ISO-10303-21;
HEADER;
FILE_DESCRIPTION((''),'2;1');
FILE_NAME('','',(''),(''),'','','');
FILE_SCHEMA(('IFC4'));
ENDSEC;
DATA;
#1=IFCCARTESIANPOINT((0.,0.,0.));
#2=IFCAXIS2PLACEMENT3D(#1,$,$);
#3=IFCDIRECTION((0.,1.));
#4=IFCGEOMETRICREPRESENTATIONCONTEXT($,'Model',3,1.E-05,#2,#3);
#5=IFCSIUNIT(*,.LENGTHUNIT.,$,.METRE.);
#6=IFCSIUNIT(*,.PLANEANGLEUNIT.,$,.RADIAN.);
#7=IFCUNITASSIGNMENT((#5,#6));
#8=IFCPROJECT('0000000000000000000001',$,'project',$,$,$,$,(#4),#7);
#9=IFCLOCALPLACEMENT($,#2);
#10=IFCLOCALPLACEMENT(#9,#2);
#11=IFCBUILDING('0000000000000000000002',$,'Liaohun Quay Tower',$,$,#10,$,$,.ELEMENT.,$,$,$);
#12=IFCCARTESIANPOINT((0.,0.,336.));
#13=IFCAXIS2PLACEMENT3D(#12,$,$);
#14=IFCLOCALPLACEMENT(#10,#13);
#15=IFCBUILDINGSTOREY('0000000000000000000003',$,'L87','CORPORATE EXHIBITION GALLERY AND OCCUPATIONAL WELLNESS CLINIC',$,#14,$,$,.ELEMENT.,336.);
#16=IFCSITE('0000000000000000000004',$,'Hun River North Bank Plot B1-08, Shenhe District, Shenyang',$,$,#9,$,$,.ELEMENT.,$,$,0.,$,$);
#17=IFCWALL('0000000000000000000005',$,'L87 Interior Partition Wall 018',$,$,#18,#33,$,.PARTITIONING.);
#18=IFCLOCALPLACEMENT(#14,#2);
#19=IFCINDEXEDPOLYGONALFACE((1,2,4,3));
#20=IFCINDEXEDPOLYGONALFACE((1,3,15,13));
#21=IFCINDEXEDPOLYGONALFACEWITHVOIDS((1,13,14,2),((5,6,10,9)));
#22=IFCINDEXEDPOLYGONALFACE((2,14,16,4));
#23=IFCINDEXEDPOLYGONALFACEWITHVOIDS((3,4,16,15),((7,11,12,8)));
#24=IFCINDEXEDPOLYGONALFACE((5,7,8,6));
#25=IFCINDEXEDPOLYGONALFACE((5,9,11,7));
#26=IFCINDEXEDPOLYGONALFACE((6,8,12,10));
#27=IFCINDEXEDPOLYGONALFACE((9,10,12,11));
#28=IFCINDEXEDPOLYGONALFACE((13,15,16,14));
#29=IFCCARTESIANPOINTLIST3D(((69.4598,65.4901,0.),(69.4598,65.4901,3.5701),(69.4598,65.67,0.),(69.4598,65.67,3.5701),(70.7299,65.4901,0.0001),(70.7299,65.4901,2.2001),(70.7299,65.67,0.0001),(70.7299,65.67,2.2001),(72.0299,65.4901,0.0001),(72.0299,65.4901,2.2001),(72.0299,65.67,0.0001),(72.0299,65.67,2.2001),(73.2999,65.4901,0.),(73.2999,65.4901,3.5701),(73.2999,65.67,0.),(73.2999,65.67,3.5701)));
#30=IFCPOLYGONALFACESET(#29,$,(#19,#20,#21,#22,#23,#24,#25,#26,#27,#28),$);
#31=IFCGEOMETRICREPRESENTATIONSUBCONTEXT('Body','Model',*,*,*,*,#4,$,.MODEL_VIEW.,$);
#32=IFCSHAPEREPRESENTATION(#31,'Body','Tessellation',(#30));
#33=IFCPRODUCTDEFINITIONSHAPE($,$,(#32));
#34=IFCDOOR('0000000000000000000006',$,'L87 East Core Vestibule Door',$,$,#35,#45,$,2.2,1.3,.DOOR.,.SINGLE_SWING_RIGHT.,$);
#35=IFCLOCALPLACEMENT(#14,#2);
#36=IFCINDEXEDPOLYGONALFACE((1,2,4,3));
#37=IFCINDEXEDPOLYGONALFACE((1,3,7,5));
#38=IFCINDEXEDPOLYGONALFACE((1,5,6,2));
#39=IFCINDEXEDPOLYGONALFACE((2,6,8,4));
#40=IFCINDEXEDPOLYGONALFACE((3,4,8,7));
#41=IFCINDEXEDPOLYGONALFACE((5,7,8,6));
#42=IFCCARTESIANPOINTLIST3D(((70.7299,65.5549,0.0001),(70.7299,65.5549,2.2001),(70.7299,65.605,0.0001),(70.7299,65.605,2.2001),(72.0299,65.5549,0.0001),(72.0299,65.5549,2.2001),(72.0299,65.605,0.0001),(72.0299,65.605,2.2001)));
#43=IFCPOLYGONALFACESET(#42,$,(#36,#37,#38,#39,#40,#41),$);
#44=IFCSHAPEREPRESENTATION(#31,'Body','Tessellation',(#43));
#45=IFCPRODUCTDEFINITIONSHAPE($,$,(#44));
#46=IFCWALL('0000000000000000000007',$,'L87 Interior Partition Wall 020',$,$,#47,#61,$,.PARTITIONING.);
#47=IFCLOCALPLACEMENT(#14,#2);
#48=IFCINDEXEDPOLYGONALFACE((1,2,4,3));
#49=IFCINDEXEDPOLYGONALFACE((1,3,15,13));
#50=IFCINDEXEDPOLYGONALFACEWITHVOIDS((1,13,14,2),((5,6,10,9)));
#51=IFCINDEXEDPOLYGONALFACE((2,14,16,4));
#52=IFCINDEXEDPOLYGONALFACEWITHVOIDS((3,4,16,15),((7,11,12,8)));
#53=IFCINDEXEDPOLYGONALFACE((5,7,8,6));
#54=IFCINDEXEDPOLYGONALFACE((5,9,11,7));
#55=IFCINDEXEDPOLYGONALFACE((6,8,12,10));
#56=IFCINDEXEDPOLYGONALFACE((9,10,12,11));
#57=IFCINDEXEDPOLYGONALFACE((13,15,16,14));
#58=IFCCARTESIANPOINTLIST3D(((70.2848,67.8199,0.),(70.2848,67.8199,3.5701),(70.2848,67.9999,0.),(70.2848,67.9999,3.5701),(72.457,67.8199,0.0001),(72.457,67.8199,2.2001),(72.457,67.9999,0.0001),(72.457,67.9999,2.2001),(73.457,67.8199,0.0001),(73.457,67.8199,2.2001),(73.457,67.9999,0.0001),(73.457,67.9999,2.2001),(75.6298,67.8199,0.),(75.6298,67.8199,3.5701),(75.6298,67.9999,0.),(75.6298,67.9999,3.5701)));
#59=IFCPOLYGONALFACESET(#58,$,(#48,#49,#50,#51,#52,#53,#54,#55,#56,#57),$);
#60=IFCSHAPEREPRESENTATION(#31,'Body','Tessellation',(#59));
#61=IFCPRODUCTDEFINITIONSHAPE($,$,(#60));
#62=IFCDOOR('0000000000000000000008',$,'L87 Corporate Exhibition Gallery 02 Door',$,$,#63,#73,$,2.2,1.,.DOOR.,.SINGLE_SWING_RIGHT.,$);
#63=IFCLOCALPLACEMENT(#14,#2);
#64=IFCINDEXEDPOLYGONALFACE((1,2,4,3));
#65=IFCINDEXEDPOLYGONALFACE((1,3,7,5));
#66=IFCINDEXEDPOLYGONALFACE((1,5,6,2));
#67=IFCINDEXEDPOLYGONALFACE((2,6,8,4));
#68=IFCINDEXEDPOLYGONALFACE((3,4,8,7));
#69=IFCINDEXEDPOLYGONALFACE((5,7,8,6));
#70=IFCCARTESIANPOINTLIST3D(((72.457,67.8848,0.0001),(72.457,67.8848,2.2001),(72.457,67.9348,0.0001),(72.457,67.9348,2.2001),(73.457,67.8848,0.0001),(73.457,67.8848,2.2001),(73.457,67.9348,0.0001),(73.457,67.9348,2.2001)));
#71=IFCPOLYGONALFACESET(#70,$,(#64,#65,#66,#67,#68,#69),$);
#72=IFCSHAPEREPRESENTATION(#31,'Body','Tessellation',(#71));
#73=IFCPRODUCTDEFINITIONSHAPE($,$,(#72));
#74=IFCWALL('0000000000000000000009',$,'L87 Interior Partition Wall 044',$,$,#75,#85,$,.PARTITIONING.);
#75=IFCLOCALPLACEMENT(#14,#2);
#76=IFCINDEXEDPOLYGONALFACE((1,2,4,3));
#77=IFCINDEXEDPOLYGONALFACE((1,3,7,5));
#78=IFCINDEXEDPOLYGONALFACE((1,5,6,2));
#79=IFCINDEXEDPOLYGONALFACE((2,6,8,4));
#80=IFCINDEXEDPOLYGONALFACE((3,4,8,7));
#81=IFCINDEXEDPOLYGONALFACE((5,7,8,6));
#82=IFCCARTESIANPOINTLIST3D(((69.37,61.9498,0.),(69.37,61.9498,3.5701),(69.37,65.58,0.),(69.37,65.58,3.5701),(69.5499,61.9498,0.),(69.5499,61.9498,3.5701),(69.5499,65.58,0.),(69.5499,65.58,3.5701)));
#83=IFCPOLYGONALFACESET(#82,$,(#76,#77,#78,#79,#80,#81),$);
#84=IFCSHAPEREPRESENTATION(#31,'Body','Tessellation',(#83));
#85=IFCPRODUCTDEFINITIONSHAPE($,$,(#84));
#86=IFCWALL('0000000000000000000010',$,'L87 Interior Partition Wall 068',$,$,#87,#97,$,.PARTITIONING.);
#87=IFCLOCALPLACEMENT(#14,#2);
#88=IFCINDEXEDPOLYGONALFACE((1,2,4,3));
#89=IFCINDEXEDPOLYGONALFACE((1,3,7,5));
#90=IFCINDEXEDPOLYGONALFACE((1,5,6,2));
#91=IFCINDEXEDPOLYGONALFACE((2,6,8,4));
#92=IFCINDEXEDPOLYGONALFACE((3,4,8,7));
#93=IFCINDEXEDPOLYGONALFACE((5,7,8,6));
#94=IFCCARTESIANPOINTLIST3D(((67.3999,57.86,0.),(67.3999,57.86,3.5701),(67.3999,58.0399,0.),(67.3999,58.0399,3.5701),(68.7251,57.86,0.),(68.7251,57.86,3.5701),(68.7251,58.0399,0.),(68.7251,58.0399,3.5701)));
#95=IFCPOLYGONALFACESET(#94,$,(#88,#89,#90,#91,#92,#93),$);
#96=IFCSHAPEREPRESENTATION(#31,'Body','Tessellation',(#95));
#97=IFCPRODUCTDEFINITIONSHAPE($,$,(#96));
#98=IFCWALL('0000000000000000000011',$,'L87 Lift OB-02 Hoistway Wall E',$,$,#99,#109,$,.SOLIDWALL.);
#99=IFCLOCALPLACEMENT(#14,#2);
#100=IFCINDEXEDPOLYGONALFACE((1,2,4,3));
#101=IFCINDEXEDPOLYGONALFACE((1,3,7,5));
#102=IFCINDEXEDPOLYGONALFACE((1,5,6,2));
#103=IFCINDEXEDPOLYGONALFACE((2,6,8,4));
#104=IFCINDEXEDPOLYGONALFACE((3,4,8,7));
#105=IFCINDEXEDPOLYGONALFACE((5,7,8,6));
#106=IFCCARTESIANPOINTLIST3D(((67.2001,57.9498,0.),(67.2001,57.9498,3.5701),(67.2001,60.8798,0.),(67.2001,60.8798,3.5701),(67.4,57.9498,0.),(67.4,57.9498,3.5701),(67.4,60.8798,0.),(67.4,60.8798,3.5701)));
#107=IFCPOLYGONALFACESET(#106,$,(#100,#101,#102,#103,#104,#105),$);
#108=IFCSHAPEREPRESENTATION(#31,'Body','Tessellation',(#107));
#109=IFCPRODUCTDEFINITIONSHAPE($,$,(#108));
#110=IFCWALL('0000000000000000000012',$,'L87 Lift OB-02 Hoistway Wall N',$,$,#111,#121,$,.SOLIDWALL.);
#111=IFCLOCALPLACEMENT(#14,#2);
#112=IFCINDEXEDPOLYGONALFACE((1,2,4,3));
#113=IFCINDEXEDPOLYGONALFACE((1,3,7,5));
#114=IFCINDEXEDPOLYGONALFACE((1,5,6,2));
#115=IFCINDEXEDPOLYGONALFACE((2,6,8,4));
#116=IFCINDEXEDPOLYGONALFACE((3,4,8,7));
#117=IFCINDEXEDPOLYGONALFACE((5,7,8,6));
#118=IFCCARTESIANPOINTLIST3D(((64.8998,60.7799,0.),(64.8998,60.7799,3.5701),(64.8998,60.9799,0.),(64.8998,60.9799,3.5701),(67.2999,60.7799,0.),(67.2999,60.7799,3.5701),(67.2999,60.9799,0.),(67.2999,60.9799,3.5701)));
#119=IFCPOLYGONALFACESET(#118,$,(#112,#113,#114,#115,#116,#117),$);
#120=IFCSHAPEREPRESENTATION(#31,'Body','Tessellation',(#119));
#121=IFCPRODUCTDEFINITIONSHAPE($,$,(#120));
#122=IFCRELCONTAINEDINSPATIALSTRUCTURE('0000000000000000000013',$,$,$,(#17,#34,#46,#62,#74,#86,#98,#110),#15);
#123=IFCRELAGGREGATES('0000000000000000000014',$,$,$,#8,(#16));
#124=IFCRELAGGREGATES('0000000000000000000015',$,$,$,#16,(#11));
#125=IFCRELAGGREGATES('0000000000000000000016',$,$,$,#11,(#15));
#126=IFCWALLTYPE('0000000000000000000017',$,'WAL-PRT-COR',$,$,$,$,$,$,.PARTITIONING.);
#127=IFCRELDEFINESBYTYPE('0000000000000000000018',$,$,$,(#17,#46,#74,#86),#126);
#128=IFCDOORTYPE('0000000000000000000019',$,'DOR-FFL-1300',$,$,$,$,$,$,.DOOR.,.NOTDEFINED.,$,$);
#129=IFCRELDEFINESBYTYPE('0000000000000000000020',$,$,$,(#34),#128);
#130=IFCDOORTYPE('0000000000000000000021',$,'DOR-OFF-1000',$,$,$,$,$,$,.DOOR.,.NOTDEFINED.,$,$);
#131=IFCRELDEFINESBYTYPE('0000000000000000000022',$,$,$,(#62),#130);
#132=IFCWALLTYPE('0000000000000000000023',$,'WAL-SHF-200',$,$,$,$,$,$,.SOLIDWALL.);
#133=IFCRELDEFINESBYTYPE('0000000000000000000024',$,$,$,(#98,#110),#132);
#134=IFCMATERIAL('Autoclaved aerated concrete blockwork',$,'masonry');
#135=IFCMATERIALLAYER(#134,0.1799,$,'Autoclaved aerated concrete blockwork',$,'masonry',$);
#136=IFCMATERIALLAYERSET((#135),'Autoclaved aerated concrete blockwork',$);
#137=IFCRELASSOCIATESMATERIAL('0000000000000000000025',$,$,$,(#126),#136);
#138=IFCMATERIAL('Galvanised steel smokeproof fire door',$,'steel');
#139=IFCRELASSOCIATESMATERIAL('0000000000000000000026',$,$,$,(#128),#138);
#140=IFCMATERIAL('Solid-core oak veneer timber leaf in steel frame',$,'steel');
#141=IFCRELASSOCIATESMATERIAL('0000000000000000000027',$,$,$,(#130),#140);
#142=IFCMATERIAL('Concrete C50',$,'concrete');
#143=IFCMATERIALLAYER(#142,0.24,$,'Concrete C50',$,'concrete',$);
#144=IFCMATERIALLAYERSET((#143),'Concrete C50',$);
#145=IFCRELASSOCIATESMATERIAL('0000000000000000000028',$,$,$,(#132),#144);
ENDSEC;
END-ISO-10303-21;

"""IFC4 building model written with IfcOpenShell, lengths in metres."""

from ifc_helpers import new_model, si_unit, direction, frame, frame_2d, origin, place, context, subcontext, project, spatial, rectangle, extrude, source, transform, mapped, material, layer, layer_set, type_object, element, fill, save


model = new_model("IFC4")

# Units and contexts
model_context = context("Model", 3, precision=1e-05, world=origin(), true_north=direction((0.0, 1.0)))
body_context = subcontext(model_context, "Body", "Model", "MODEL_VIEW")
ifc_project = project(units=[si_unit("LENGTHUNIT", "METRE"), si_unit("PLANEANGLEUNIT", "RADIAN")], contexts=[model_context])

# Site, building, storey
site_placement = place(None, origin())
site = spatial("IfcSite", under=ifc_project, at=site_placement, Name="Hun River North Bank Plot B1-08, Shenhe District, Shenyang", CompositionType="ELEMENT", RefElevation=0.0)
building_placement = place(site_placement, origin())
building = spatial("IfcBuilding", under=site, at=building_placement, Name="Liaohun Quay Tower", CompositionType="ELEMENT")
storey_placement = place(building_placement, frame((0.0, 0.0, 336.0)))
storey = spatial("IfcBuildingStorey", under=building, at=storey_placement, Name="L87", Description="CORPORATE EXHIBITION GALLERY AND OCCUPATIONAL WELLNESS CLINIC", CompositionType="ELEMENT", Elevation=336.0)

# Shared definitions
ifc_material_1 = material(Name="Concrete C50", Category="concrete")

# Walls, openings, doors
ifc_material_2 = material(Name="Autoclaved aerated concrete blockwork", Category="masonry")
ifc_layer_1 = layer(ifc_material_2, 0.1799, Name="Autoclaved aerated concrete blockwork", Category="masonry")
ifc_layer_set_1 = layer_set([ifc_layer_1], Name="Autoclaved aerated concrete blockwork")
wall_type_1 = type_object("IfcWallType", Name="WAL-PRT-COR", PredefinedType="PARTITIONING", material=ifc_layer_set_1)
wall_1_placement = place(storey_placement, frame((69.46, 65.5801, 0.0), z_axis=(0.0, 0.0, 1.0), x_axis=(1.0, 0.0, 0.0)))
wall_1 = element("IfcWall", 1, at=wall_1_placement, inside=storey, type_object=wall_type_1, Name="L87 Interior Partition Wall 018", PredefinedType="PARTITIONING", context=body_context, shape_type="SweptSolid", body=[
    extrude(rectangle(XDim=3.8401, YDim=0.1799, at=frame_2d((1.9199, 0.0))), origin(), (0.0, 0.0, 1.0), 3.5701),
])
shared_shape_1 = source(origin(), body_context, "Body", "SweptSolid", [
    extrude(rectangle(XDim=1.3, YDim=2.2, at=frame_2d((0.6499, 1.1001))), frame((0.0, 0.0999, 0.0), z_axis=(0.0, -1.0, 0.0), x_axis=(1.0, 0.0, 0.0)), (0.0, 0.0, 1.0), 0.2),
])
opening_1_placement = place(wall_1_placement, frame((1.27, 0.0, 0.0)))
opening_1 = element("IfcOpeningElement", 2, at=opening_1_placement, cuts=wall_1, PredefinedType="OPENING", context=body_context, shape_type="MappedRepresentation", body=[
    mapped(shared_shape_1, transform((0.0, 0.0, 0.0), x_axis=(1.0, 0.0, 0.0), y_axis=(0.0, 1.0, 0.0), z_axis=(0.0, 0.0, 1.0), scale=1.0)),
])
ifc_material_3 = material(Name="Galvanised steel smokeproof fire door", Category="steel")
door_type_1 = type_object("IfcDoorType", Name="DOR-FFL-1300", OperationType="NOTDEFINED", PredefinedType="DOOR", material=ifc_material_3)
shared_shape_2 = source(origin(), body_context, "Body", "SweptSolid", [
    extrude(rectangle(XDim=1.3, YDim=2.2, at=frame_2d((0.6499, 1.1001))), frame((0.0, 0.0249, 0.0), z_axis=(0.0, -1.0, 0.0), x_axis=(1.0, 0.0, 0.0)), (0.0, 0.0, 1.0), 0.05),
])
door_1_placement = place(opening_1_placement, origin())
door_1 = element("IfcDoor", 3, at=door_1_placement, inside=storey, type_object=door_type_1, Name="L87 East Core Vestibule Door", OperationType="SINGLE_SWING_RIGHT", OverallHeight=2.2, OverallWidth=1.3, PredefinedType="DOOR", context=body_context, shape_type="MappedRepresentation", body=[
    mapped(shared_shape_2, transform((0.0, 0.0, 0.0), x_axis=(1.0, 0.0, 0.0), y_axis=(0.0, 1.0, 0.0), z_axis=(0.0, 0.0, 1.0), scale=1.0)),
])
fill(opening_1, door_1)
wall_2_placement = place(storey_placement, frame((70.2849, 67.9099, 0.0), z_axis=(0.0, 0.0, 1.0), x_axis=(1.0, 0.0, 0.0)))
wall_2 = element("IfcWall", 4, at=wall_2_placement, inside=storey, type_object=wall_type_1, Name="L87 Interior Partition Wall 020", PredefinedType="PARTITIONING", context=body_context, shape_type="SweptSolid", body=[
    extrude(rectangle(XDim=5.345, YDim=0.1799, at=frame_2d((2.6724, 0.0))), origin(), (0.0, 0.0, 1.0), 3.5701),
])
shared_shape_3 = source(origin(), body_context, "Body", "SweptSolid", [
    extrude(rectangle(XDim=1.0, YDim=2.2, at=frame_2d((0.5, 1.1001))), frame((0.0, 0.0999, 0.0), z_axis=(0.0, -1.0, 0.0), x_axis=(1.0, 0.0, 0.0)), (0.0, 0.0, 1.0), 0.2),
])
opening_2_placement = place(wall_2_placement, frame((2.1721, 0.0, 0.0)))
opening_2 = element("IfcOpeningElement", 5, at=opening_2_placement, cuts=wall_2, PredefinedType="OPENING", context=body_context, shape_type="MappedRepresentation", body=[
    mapped(shared_shape_3, transform((0.0, 0.0, 0.0), x_axis=(1.0, 0.0, 0.0), y_axis=(0.0, 1.0, 0.0), z_axis=(0.0, 0.0, 1.0), scale=1.0)),
])
ifc_material_4 = material(Name="Solid-core oak veneer timber leaf in steel frame", Category="steel")
door_type_2 = type_object("IfcDoorType", Name="DOR-OFF-1000", OperationType="NOTDEFINED", PredefinedType="DOOR", material=ifc_material_4)
shared_shape_4 = source(origin(), body_context, "Body", "SweptSolid", [
    extrude(rectangle(XDim=1.0, YDim=2.2, at=frame_2d((0.5, 1.1001))), frame((0.0, 0.0249, 0.0), z_axis=(0.0, -1.0, 0.0), x_axis=(1.0, 0.0, 0.0)), (0.0, 0.0, 1.0), 0.05),
])
door_2_placement = place(opening_2_placement, origin())
door_2 = element("IfcDoor", 6, at=door_2_placement, inside=storey, type_object=door_type_2, Name="L87 Corporate Exhibition Gallery 02 Door", OperationType="SINGLE_SWING_RIGHT", OverallHeight=2.2, OverallWidth=1.0, PredefinedType="DOOR", context=body_context, shape_type="MappedRepresentation", body=[
    mapped(shared_shape_4, transform((0.0, 0.0, 0.0), x_axis=(1.0, 0.0, 0.0), y_axis=(0.0, 1.0, 0.0), z_axis=(0.0, 0.0, 1.0), scale=1.0)),
])
fill(opening_2, door_2)

# Walls
wall_3_placement = place(storey_placement, frame((69.46, 61.95, 0.0), z_axis=(0.0, 0.0, 1.0), x_axis=(0.0, 1.0, 0.0)))
element("IfcWall", 7, at=wall_3_placement, inside=storey, type_object=wall_type_1, Name="L87 Interior Partition Wall 044", PredefinedType="PARTITIONING", context=body_context, shape_type="SweptSolid", body=[
    extrude(rectangle(XDim=3.6301, YDim=0.1799, at=frame_2d((1.8149, 0.0))), origin(), (0.0, 0.0, 1.0), 3.5701),
])
wall_4_placement = place(storey_placement, frame((67.3999, 57.95, 0.0), z_axis=(0.0, 0.0, 1.0), x_axis=(1.0, 0.0, 0.0)))
element("IfcWall", 8, at=wall_4_placement, inside=storey, type_object=wall_type_1, Name="L87 Interior Partition Wall 068", PredefinedType="PARTITIONING", context=body_context, shape_type="SweptSolid", body=[
    extrude(rectangle(XDim=1.3252, YDim=0.1799, at=frame_2d((0.6626, 0.0))), origin(), (0.0, 0.0, 1.0), 3.5701),
])
ifc_layer_2 = layer(ifc_material_1, 0.24, Name="Concrete C50", Category="concrete")
ifc_layer_set_2 = layer_set([ifc_layer_2], Name="Concrete C50")
wall_type_2 = type_object("IfcWallType", Name="WAL-SHF-200", PredefinedType="SOLIDWALL", material=ifc_layer_set_2)
wall_5_placement = place(storey_placement, frame((67.3, 57.95, 0.0), z_axis=(0.0, 0.0, 1.0), x_axis=(0.0, 1.0, 0.0)))
element("IfcWall", 9, at=wall_5_placement, inside=storey, type_object=wall_type_2, Name="L87 Lift OB-02 Hoistway Wall E", PredefinedType="SOLIDWALL", context=body_context, shape_type="SweptSolid", body=[
    extrude(rectangle(XDim=2.9299, YDim=0.2, at=frame_2d((1.4648, 0.0))), origin(), (0.0, 0.0, 1.0), 3.5701),
])
wall_6_placement = place(storey_placement, frame((67.3, 60.8799, 0.0), z_axis=(0.0, 0.0, 1.0), x_axis=(-1.0, 0.0, 0.0)))
element("IfcWall", 10, at=wall_6_placement, inside=storey, type_object=wall_type_2, Name="L87 Lift OB-02 Hoistway Wall N", PredefinedType="SOLIDWALL", context=body_context, shape_type="SweptSolid", body=[
    extrude(rectangle(XDim=2.4001, YDim=0.2, at=frame_2d((1.2002, 0.0))), origin(), (0.0, 0.0, 1.0), 3.5701),
])

save(model, "model.ifc")
